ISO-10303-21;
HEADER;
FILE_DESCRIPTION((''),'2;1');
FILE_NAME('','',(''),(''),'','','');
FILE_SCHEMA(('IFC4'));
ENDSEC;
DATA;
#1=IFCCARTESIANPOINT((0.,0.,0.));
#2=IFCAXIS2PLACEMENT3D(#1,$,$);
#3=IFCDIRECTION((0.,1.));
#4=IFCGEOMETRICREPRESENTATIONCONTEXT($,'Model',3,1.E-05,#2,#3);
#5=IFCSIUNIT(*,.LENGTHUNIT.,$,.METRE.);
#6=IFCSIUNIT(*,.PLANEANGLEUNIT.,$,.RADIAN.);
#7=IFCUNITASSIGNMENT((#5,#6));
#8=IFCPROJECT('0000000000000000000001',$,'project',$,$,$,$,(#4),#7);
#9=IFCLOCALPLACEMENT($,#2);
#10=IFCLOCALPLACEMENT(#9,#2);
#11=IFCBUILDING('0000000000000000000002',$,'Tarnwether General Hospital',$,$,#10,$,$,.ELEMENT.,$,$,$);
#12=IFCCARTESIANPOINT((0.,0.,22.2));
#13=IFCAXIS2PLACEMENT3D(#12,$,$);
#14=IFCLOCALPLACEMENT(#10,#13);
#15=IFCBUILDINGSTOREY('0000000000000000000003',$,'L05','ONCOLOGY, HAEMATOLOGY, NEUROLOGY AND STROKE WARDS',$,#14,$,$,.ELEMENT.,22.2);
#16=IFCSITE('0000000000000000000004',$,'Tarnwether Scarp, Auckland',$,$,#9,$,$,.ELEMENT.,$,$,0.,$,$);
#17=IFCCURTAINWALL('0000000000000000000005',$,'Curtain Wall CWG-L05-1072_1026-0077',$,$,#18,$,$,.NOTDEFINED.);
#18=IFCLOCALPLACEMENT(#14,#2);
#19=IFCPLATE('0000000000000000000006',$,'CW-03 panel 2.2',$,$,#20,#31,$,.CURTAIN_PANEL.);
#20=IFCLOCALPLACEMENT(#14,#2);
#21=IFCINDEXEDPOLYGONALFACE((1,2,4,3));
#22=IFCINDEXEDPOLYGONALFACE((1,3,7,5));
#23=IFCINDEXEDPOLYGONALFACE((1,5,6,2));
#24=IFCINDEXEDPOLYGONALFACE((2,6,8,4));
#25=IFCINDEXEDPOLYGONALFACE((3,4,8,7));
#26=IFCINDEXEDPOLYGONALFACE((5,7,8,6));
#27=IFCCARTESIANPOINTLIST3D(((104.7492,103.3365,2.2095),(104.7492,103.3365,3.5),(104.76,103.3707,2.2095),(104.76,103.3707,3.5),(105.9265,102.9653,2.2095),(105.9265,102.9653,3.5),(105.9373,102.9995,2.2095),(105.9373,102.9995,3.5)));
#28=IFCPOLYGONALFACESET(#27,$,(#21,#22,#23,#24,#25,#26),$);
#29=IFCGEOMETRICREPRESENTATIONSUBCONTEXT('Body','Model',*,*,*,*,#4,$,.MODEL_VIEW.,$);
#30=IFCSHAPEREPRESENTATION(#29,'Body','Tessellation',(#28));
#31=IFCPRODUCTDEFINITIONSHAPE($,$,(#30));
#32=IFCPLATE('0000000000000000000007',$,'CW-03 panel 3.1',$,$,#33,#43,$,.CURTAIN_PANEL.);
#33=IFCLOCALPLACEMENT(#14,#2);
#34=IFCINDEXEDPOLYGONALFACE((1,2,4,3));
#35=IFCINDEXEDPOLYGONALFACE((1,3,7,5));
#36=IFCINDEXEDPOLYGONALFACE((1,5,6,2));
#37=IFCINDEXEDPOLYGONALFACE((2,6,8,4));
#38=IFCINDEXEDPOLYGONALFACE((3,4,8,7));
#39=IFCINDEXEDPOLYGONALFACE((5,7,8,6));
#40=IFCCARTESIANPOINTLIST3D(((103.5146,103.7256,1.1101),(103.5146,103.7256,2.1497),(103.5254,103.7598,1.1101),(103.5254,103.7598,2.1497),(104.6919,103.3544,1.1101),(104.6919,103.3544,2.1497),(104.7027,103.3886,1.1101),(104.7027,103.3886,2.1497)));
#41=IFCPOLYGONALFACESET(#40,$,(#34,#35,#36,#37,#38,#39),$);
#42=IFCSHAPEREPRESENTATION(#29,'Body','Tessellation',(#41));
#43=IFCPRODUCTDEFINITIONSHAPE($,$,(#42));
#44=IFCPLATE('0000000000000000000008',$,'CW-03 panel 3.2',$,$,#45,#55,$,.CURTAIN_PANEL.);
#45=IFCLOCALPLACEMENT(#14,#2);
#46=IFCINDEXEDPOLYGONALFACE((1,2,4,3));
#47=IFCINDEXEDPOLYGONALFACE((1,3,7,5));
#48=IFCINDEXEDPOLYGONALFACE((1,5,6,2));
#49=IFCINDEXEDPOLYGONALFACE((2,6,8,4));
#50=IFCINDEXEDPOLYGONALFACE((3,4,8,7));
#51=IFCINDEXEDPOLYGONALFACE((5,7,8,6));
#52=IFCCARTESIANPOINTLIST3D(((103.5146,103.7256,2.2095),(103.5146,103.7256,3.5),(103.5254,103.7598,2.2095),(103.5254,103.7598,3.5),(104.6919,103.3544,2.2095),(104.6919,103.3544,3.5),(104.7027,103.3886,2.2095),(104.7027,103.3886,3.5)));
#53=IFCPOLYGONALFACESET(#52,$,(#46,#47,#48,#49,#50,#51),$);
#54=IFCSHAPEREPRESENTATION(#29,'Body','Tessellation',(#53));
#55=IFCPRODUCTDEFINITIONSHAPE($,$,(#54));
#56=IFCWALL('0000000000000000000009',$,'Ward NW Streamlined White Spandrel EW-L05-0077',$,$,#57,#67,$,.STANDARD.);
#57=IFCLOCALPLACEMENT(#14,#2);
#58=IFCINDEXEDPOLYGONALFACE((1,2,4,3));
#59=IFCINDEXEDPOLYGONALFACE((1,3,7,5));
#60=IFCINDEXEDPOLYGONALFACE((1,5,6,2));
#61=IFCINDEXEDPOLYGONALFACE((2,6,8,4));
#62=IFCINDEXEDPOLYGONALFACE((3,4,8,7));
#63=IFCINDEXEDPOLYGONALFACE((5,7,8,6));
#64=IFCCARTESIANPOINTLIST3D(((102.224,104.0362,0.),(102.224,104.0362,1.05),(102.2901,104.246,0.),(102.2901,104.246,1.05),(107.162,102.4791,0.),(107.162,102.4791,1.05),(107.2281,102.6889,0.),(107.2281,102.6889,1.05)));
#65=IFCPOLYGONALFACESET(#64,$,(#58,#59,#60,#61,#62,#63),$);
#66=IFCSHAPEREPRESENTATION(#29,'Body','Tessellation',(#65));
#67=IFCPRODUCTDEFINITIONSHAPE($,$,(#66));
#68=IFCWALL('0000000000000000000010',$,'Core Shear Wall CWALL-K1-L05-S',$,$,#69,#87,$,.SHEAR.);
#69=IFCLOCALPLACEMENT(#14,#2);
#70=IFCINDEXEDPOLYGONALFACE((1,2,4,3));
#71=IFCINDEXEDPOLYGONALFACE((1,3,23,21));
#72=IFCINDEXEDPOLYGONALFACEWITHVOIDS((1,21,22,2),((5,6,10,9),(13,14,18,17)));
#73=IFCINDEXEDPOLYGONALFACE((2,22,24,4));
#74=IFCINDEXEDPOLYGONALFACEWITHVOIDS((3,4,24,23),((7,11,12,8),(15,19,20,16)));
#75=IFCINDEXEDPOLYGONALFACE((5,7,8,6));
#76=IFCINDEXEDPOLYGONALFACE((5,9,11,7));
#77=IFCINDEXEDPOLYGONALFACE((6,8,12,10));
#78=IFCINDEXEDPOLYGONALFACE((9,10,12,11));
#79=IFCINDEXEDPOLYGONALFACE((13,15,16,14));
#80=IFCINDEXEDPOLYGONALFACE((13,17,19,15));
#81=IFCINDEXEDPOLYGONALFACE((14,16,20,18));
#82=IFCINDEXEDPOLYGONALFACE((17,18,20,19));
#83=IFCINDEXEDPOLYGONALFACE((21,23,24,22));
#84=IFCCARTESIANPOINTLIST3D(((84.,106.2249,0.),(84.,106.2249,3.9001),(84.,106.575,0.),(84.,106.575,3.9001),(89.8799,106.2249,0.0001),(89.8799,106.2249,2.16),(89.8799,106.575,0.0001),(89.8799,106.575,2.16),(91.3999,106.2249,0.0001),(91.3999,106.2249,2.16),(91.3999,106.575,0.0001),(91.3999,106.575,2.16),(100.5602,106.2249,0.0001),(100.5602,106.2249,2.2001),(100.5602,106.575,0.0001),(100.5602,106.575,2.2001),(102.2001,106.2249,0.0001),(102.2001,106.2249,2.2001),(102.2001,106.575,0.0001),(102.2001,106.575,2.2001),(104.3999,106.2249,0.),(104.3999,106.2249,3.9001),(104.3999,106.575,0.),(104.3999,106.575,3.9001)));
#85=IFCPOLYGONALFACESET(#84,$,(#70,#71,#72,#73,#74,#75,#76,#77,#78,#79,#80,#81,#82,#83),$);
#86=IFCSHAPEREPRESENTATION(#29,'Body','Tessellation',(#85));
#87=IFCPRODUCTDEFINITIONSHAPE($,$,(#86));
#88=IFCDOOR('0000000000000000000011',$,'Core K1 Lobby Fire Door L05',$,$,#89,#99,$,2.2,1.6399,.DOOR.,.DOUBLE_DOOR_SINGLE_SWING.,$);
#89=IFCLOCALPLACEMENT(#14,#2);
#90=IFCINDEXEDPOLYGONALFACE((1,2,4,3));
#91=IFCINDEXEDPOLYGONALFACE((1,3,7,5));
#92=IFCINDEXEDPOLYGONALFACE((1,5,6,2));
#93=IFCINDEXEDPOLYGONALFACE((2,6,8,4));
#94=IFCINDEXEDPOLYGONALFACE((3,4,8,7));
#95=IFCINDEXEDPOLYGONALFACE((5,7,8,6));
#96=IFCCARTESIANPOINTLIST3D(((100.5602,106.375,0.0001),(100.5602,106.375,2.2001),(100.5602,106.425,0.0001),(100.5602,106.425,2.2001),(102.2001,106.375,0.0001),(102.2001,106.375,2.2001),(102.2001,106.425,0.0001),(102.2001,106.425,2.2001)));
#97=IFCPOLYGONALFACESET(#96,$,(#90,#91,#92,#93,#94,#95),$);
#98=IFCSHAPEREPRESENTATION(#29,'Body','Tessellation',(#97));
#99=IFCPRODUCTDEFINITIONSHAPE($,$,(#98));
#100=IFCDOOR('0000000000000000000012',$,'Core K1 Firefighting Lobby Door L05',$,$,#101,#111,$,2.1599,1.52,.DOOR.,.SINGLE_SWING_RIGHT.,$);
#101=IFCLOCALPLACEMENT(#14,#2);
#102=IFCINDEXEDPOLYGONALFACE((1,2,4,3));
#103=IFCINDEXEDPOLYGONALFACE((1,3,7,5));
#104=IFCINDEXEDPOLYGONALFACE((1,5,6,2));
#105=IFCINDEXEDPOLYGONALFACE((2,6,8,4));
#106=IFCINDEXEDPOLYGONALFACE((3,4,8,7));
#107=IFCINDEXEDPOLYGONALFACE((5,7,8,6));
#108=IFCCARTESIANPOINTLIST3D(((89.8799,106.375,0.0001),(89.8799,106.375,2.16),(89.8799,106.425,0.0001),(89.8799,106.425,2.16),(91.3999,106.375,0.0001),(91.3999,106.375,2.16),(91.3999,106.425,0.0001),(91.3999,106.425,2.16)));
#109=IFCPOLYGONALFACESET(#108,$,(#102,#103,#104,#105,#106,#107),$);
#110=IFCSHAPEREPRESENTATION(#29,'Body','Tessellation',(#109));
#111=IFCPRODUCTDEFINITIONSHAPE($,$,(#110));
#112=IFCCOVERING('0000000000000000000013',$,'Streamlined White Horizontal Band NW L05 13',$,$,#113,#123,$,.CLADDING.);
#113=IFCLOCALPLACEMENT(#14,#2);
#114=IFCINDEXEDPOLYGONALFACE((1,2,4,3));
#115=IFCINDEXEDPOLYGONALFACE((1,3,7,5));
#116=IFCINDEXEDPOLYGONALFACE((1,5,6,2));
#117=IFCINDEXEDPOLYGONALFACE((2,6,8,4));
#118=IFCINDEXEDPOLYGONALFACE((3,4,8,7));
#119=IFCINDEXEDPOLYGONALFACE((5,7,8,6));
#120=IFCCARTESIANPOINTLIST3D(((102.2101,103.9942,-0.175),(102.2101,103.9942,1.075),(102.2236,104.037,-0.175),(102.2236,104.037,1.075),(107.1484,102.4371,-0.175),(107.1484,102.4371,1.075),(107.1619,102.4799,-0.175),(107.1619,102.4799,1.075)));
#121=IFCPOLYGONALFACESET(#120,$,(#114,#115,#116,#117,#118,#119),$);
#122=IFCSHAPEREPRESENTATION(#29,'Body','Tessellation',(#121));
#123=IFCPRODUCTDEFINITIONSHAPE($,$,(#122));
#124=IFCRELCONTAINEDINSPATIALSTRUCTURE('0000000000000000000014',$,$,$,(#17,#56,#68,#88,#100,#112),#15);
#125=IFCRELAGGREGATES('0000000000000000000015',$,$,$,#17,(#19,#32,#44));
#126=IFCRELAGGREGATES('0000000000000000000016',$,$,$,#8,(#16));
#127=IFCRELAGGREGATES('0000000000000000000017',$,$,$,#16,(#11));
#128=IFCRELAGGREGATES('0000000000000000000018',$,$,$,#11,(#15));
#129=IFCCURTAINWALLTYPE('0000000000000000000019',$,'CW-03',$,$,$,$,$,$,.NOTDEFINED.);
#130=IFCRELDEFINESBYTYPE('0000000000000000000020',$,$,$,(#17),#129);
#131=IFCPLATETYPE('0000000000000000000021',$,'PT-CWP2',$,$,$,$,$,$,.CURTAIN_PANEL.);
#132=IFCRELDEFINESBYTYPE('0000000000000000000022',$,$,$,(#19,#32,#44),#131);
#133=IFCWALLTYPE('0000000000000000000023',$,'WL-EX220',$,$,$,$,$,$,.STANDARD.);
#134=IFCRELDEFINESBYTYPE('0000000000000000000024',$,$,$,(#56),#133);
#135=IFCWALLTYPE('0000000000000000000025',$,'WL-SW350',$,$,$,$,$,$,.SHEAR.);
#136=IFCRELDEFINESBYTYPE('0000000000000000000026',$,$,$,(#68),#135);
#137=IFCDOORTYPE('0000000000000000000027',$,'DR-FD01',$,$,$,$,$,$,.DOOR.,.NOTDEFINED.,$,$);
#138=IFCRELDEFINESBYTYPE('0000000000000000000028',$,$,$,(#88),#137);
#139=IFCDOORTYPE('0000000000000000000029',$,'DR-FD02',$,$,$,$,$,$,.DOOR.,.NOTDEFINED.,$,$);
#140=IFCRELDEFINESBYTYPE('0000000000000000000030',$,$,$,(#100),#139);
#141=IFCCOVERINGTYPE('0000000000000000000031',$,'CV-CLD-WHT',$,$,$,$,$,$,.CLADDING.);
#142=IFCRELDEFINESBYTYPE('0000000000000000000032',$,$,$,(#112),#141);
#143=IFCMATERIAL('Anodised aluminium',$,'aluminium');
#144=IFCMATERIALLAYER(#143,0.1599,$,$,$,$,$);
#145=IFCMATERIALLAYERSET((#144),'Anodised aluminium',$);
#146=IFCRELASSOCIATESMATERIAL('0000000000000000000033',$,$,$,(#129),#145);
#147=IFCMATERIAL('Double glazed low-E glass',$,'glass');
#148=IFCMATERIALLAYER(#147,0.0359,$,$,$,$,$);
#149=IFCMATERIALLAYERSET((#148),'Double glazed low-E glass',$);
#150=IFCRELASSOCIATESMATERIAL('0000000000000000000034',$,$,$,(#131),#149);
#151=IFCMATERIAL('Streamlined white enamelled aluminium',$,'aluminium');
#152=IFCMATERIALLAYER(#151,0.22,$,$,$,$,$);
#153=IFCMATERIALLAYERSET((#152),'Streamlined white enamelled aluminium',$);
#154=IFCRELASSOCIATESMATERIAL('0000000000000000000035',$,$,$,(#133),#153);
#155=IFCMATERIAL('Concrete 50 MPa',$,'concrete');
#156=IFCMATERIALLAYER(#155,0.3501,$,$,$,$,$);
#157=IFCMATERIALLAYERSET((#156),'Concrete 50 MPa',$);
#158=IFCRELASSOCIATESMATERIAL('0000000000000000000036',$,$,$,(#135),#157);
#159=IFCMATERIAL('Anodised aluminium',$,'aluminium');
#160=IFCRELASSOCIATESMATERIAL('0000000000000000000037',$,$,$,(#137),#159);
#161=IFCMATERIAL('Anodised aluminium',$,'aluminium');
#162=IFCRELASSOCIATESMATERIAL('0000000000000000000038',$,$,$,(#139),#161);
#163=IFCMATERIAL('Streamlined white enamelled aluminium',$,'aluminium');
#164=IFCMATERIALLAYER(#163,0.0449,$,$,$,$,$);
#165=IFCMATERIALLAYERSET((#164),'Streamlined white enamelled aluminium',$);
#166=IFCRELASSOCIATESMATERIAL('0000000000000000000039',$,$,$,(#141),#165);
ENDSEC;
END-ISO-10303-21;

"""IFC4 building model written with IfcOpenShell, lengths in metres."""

from ifc_helpers import new_model, si_unit, direction, frame, frame_2d, origin, origin_2d, place, context, subcontext, project, spatial, rectangle, extrude, material, layer, layer_set, type_object, element, fill, aggregate, save


model = new_model("IFC4")

# Units and contexts
model_context = context("Model", 3, precision=1e-05, world=origin(), true_north=direction((0.0, 1.0)))
body_context = subcontext(model_context, "Body", "Model", "MODEL_VIEW")
ifc_project = project(units=[si_unit("LENGTHUNIT", "METRE"), si_unit("PLANEANGLEUNIT", "RADIAN")], contexts=[model_context])

# Site, building, storey
site_placement = place(None, origin())
site = spatial("IfcSite", under=ifc_project, at=site_placement, Name="Tarnwether Scarp, Auckland", CompositionType="ELEMENT", RefElevation=0.0)
building_placement = place(site_placement, origin())
building = spatial("IfcBuilding", under=site, at=building_placement, Name="Tarnwether General Hospital", CompositionType="ELEMENT")
storey_placement = place(building_placement, frame((0.0, 0.0, 22.2)))
storey = spatial("IfcBuildingStorey", under=building, at=storey_placement, Name="L05", Description="ONCOLOGY, HAEMATOLOGY, NEUROLOGY AND STROKE WARDS", CompositionType="ELEMENT", Elevation=22.2)

# Curtain wall
ifc_material_1 = material(Name="Anodised aluminium", Category="aluminium")
ifc_layer_1 = layer(ifc_material_1, 0.1599)
ifc_layer_set_1 = layer_set([ifc_layer_1], Name="Anodised aluminium")
curtain_wall_type = type_object("IfcCurtainWallType", Name="CW-03", PredefinedType="NOTDEFINED", material=ifc_layer_set_1)
curtain_wall_1_placement = place(storey_placement, origin())
curtain_wall_1 = element("IfcCurtainWall", 1, at=curtain_wall_1_placement, inside=storey, type_object=curtain_wall_type, Name="Curtain Wall CWG-L05-1072_1026-0077", PredefinedType="NOTDEFINED")

# Plates
ifc_material_2 = material(Name="Double glazed low-E glass", Category="glass")
ifc_layer_2 = layer(ifc_material_2, 0.0359)
ifc_layer_set_2 = layer_set([ifc_layer_2], Name="Double glazed low-E glass")
plate_type_1 = type_object("IfcPlateType", Name="PT-CWP2", PredefinedType="CURTAIN_PANEL", material=ifc_layer_set_2)
plate_1_placement = place(storey_placement, frame((105.3433, 103.168, 2.2095), z_axis=(0.0, 0.0, 1.0), x_axis=(-0.953714, 0.300715, 0.0)))
plate_1 = element("IfcPlate", 2, at=plate_1_placement, type_object=plate_type_1, Name="CW-03 panel 2.2", PredefinedType="CURTAIN_PANEL", context=body_context, shape_type="SweptSolid", body=[
    extrude(rectangle(XDim=1.2344, YDim=0.0359, at=origin_2d()), origin(), (0.0, 0.0, 1.0), 1.2905),
])
plate_2_placement = place(storey_placement, frame((104.1086, 103.5571, 1.1101), z_axis=(0.0, 0.0, 1.0), x_axis=(-0.953714, 0.300715, 0.0)))
plate_2 = element("IfcPlate", 3, at=plate_2_placement, type_object=plate_type_1, Name="CW-03 panel 3.1", PredefinedType="CURTAIN_PANEL", context=body_context, shape_type="SweptSolid", body=[
    extrude(rectangle(XDim=1.2344, YDim=0.0359, at=origin_2d()), origin(), (0.0, 0.0, 1.0), 1.0396),
])
plate_3_placement = place(storey_placement, frame((104.1086, 103.5571, 2.2095), z_axis=(0.0, 0.0, 1.0), x_axis=(-0.953714, 0.300715, 0.0)))
plate_3 = element("IfcPlate", 4, at=plate_3_placement, type_object=plate_type_1, Name="CW-03 panel 3.2", PredefinedType="CURTAIN_PANEL", context=body_context, shape_type="SweptSolid", body=[
    extrude(rectangle(XDim=1.2344, YDim=0.0359, at=origin_2d()), origin(), (0.0, 0.0, 1.0), 1.2905),
])
aggregate(curtain_wall_1, [plate_1, plate_2, plate_3])

# Wall
ifc_material_3 = material(Name="Streamlined white enamelled aluminium", Category="aluminium")
ifc_layer_3 = layer(ifc_material_3, 0.22)
ifc_layer_set_3 = layer_set([ifc_layer_3], Name="Streamlined white enamelled aluminium")
wall_type_1 = type_object("IfcWallType", Name="WL-EX220", PredefinedType="STANDARD", material=ifc_layer_set_3)
wall_1_placement = place(storey_placement, frame((107.1951, 102.584, 0.0), z_axis=(0.0, 0.0, 1.0), x_axis=(-0.953707, 0.300739, 0.0)))
element("IfcWall", 5, at=wall_1_placement, inside=storey, type_object=wall_type_1, Name="Ward NW Streamlined White Spandrel EW-L05-0077", PredefinedType="STANDARD", context=body_context, shape_type="SweptSolid", body=[
    extrude(rectangle(XDim=5.1777, YDim=0.22, at=frame_2d((2.5889, 0.0))), origin(), (0.0, 0.0, 1.0), 1.05),
])

# Wall, openings, doors
ifc_material_4 = material(Name="Concrete 50 MPa", Category="concrete")
ifc_layer_4 = layer(ifc_material_4, 0.3501)
ifc_layer_set_4 = layer_set([ifc_layer_4], Name="Concrete 50 MPa")
wall_type_2 = type_object("IfcWallType", Name="WL-SW350", PredefinedType="SHEAR", material=ifc_layer_set_4)
wall_2_placement = place(storey_placement, frame((104.3999, 106.3999, 0.0), z_axis=(0.0, 0.0, 1.0), x_axis=(-1.0, 0.0, 0.0)))
wall_2 = element("IfcWall", 6, at=wall_2_placement, inside=storey, type_object=wall_type_2, Name="Core Shear Wall CWALL-K1-L05-S", PredefinedType="SHEAR", context=body_context, shape_type="SweptSolid", body=[
    extrude(rectangle(XDim=20.3999, YDim=0.3501, at=frame_2d((10.2, 0.0))), origin(), (0.0, 0.0, 1.0), 3.9001),
])
opening_1_placement = place(wall_2_placement, frame((2.2, 0.0, 0.0)))
opening_1 = element("IfcOpeningElement", 7, at=opening_1_placement, cuts=wall_2, PredefinedType="OPENING", context=body_context, shape_type="SweptSolid", body=[
    extrude(rectangle(XDim=1.6399, YDim=2.2, at=frame_2d((0.8198, 1.1001))), frame((0.0, 0.1851, 0.0), z_axis=(0.0, -1.0, 0.0), x_axis=(1.0, 0.0, 0.0)), (0.0, 0.0, 1.0), 0.3701),
])
opening_2_placement = place(wall_2_placement, frame((13.0, 0.0, 0.0)))
opening_2 = element("IfcOpeningElement", 8, at=opening_2_placement, cuts=wall_2, PredefinedType="OPENING", context=body_context, shape_type="SweptSolid", body=[
    extrude(rectangle(XDim=1.52, YDim=2.1599, at=frame_2d((0.76, 1.0801))), frame((0.0, 0.1851, 0.0), z_axis=(0.0, -1.0, 0.0), x_axis=(1.0, 0.0, 0.0)), (0.0, 0.0, 1.0), 0.3701),
])
ifc_material_5 = material(Name="Anodised aluminium", Category="aluminium")
door_type_1 = type_object("IfcDoorType", Name="DR-FD01", OperationType="NOTDEFINED", PredefinedType="DOOR", material=ifc_material_5)
door_1_placement = place(opening_1_placement, origin())
door_1 = element("IfcDoor", 9, at=door_1_placement, inside=storey, type_object=door_type_1, Name="Core K1 Lobby Fire Door L05", OperationType="DOUBLE_DOOR_SINGLE_SWING", OverallHeight=2.2, OverallWidth=1.6399, PredefinedType="DOOR", context=body_context, shape_type="SweptSolid", body=[
    extrude(rectangle(XDim=1.6399, YDim=2.2, at=frame_2d((0.8198, 1.1001))), frame((0.0, 0.0249, 0.0), z_axis=(0.0, -1.0, 0.0), x_axis=(1.0, 0.0, 0.0)), (0.0, 0.0, 1.0), 0.05),
])
fill(opening_1, door_1)
ifc_material_6 = material(Name="Anodised aluminium", Category="aluminium")
door_type_2 = type_object("IfcDoorType", Name="DR-FD02", OperationType="NOTDEFINED", PredefinedType="DOOR", material=ifc_material_6)
door_2_placement = place(opening_2_placement, origin())
door_2 = element("IfcDoor", 10, at=door_2_placement, inside=storey, type_object=door_type_2, Name="Core K1 Firefighting Lobby Door L05", OperationType="SINGLE_SWING_RIGHT", OverallHeight=2.1599, OverallWidth=1.52, PredefinedType="DOOR", context=body_context, shape_type="SweptSolid", body=[
    extrude(rectangle(XDim=1.52, YDim=2.1599, at=frame_2d((0.76, 1.0801))), frame((0.0, 0.0249, 0.0), z_axis=(0.0, -1.0, 0.0), x_axis=(1.0, 0.0, 0.0)), (0.0, 0.0, 1.0), 0.05),
])
fill(opening_2, door_2)

# Covering
ifc_material_7 = material(Name="Streamlined white enamelled aluminium", Category="aluminium")
ifc_layer_5 = layer(ifc_material_7, 0.0449)
ifc_layer_set_5 = layer_set([ifc_layer_5], Name="Streamlined white enamelled aluminium")
covering_type = type_object("IfcCoveringType", Name="CV-CLD-WHT", PredefinedType="CLADDING", material=ifc_layer_set_5)
covering_placement = place(storey_placement, frame((104.686, 103.2371, -0.175), z_axis=(0.0, 0.0, 1.0), x_axis=(-0.953712, 0.300722, 0.0)))
element("IfcCovering", 11, at=covering_placement, inside=storey, type_object=covering_type, Name="Streamlined White Horizontal Band NW L05 13", PredefinedType="CLADDING", context=body_context, shape_type="SweptSolid", body=[
    extrude(rectangle(XDim=5.178, YDim=0.0449, at=origin_2d()), origin(), (0.0, 0.0, 1.0), 1.25),
])

save(model, "model.ifc")
